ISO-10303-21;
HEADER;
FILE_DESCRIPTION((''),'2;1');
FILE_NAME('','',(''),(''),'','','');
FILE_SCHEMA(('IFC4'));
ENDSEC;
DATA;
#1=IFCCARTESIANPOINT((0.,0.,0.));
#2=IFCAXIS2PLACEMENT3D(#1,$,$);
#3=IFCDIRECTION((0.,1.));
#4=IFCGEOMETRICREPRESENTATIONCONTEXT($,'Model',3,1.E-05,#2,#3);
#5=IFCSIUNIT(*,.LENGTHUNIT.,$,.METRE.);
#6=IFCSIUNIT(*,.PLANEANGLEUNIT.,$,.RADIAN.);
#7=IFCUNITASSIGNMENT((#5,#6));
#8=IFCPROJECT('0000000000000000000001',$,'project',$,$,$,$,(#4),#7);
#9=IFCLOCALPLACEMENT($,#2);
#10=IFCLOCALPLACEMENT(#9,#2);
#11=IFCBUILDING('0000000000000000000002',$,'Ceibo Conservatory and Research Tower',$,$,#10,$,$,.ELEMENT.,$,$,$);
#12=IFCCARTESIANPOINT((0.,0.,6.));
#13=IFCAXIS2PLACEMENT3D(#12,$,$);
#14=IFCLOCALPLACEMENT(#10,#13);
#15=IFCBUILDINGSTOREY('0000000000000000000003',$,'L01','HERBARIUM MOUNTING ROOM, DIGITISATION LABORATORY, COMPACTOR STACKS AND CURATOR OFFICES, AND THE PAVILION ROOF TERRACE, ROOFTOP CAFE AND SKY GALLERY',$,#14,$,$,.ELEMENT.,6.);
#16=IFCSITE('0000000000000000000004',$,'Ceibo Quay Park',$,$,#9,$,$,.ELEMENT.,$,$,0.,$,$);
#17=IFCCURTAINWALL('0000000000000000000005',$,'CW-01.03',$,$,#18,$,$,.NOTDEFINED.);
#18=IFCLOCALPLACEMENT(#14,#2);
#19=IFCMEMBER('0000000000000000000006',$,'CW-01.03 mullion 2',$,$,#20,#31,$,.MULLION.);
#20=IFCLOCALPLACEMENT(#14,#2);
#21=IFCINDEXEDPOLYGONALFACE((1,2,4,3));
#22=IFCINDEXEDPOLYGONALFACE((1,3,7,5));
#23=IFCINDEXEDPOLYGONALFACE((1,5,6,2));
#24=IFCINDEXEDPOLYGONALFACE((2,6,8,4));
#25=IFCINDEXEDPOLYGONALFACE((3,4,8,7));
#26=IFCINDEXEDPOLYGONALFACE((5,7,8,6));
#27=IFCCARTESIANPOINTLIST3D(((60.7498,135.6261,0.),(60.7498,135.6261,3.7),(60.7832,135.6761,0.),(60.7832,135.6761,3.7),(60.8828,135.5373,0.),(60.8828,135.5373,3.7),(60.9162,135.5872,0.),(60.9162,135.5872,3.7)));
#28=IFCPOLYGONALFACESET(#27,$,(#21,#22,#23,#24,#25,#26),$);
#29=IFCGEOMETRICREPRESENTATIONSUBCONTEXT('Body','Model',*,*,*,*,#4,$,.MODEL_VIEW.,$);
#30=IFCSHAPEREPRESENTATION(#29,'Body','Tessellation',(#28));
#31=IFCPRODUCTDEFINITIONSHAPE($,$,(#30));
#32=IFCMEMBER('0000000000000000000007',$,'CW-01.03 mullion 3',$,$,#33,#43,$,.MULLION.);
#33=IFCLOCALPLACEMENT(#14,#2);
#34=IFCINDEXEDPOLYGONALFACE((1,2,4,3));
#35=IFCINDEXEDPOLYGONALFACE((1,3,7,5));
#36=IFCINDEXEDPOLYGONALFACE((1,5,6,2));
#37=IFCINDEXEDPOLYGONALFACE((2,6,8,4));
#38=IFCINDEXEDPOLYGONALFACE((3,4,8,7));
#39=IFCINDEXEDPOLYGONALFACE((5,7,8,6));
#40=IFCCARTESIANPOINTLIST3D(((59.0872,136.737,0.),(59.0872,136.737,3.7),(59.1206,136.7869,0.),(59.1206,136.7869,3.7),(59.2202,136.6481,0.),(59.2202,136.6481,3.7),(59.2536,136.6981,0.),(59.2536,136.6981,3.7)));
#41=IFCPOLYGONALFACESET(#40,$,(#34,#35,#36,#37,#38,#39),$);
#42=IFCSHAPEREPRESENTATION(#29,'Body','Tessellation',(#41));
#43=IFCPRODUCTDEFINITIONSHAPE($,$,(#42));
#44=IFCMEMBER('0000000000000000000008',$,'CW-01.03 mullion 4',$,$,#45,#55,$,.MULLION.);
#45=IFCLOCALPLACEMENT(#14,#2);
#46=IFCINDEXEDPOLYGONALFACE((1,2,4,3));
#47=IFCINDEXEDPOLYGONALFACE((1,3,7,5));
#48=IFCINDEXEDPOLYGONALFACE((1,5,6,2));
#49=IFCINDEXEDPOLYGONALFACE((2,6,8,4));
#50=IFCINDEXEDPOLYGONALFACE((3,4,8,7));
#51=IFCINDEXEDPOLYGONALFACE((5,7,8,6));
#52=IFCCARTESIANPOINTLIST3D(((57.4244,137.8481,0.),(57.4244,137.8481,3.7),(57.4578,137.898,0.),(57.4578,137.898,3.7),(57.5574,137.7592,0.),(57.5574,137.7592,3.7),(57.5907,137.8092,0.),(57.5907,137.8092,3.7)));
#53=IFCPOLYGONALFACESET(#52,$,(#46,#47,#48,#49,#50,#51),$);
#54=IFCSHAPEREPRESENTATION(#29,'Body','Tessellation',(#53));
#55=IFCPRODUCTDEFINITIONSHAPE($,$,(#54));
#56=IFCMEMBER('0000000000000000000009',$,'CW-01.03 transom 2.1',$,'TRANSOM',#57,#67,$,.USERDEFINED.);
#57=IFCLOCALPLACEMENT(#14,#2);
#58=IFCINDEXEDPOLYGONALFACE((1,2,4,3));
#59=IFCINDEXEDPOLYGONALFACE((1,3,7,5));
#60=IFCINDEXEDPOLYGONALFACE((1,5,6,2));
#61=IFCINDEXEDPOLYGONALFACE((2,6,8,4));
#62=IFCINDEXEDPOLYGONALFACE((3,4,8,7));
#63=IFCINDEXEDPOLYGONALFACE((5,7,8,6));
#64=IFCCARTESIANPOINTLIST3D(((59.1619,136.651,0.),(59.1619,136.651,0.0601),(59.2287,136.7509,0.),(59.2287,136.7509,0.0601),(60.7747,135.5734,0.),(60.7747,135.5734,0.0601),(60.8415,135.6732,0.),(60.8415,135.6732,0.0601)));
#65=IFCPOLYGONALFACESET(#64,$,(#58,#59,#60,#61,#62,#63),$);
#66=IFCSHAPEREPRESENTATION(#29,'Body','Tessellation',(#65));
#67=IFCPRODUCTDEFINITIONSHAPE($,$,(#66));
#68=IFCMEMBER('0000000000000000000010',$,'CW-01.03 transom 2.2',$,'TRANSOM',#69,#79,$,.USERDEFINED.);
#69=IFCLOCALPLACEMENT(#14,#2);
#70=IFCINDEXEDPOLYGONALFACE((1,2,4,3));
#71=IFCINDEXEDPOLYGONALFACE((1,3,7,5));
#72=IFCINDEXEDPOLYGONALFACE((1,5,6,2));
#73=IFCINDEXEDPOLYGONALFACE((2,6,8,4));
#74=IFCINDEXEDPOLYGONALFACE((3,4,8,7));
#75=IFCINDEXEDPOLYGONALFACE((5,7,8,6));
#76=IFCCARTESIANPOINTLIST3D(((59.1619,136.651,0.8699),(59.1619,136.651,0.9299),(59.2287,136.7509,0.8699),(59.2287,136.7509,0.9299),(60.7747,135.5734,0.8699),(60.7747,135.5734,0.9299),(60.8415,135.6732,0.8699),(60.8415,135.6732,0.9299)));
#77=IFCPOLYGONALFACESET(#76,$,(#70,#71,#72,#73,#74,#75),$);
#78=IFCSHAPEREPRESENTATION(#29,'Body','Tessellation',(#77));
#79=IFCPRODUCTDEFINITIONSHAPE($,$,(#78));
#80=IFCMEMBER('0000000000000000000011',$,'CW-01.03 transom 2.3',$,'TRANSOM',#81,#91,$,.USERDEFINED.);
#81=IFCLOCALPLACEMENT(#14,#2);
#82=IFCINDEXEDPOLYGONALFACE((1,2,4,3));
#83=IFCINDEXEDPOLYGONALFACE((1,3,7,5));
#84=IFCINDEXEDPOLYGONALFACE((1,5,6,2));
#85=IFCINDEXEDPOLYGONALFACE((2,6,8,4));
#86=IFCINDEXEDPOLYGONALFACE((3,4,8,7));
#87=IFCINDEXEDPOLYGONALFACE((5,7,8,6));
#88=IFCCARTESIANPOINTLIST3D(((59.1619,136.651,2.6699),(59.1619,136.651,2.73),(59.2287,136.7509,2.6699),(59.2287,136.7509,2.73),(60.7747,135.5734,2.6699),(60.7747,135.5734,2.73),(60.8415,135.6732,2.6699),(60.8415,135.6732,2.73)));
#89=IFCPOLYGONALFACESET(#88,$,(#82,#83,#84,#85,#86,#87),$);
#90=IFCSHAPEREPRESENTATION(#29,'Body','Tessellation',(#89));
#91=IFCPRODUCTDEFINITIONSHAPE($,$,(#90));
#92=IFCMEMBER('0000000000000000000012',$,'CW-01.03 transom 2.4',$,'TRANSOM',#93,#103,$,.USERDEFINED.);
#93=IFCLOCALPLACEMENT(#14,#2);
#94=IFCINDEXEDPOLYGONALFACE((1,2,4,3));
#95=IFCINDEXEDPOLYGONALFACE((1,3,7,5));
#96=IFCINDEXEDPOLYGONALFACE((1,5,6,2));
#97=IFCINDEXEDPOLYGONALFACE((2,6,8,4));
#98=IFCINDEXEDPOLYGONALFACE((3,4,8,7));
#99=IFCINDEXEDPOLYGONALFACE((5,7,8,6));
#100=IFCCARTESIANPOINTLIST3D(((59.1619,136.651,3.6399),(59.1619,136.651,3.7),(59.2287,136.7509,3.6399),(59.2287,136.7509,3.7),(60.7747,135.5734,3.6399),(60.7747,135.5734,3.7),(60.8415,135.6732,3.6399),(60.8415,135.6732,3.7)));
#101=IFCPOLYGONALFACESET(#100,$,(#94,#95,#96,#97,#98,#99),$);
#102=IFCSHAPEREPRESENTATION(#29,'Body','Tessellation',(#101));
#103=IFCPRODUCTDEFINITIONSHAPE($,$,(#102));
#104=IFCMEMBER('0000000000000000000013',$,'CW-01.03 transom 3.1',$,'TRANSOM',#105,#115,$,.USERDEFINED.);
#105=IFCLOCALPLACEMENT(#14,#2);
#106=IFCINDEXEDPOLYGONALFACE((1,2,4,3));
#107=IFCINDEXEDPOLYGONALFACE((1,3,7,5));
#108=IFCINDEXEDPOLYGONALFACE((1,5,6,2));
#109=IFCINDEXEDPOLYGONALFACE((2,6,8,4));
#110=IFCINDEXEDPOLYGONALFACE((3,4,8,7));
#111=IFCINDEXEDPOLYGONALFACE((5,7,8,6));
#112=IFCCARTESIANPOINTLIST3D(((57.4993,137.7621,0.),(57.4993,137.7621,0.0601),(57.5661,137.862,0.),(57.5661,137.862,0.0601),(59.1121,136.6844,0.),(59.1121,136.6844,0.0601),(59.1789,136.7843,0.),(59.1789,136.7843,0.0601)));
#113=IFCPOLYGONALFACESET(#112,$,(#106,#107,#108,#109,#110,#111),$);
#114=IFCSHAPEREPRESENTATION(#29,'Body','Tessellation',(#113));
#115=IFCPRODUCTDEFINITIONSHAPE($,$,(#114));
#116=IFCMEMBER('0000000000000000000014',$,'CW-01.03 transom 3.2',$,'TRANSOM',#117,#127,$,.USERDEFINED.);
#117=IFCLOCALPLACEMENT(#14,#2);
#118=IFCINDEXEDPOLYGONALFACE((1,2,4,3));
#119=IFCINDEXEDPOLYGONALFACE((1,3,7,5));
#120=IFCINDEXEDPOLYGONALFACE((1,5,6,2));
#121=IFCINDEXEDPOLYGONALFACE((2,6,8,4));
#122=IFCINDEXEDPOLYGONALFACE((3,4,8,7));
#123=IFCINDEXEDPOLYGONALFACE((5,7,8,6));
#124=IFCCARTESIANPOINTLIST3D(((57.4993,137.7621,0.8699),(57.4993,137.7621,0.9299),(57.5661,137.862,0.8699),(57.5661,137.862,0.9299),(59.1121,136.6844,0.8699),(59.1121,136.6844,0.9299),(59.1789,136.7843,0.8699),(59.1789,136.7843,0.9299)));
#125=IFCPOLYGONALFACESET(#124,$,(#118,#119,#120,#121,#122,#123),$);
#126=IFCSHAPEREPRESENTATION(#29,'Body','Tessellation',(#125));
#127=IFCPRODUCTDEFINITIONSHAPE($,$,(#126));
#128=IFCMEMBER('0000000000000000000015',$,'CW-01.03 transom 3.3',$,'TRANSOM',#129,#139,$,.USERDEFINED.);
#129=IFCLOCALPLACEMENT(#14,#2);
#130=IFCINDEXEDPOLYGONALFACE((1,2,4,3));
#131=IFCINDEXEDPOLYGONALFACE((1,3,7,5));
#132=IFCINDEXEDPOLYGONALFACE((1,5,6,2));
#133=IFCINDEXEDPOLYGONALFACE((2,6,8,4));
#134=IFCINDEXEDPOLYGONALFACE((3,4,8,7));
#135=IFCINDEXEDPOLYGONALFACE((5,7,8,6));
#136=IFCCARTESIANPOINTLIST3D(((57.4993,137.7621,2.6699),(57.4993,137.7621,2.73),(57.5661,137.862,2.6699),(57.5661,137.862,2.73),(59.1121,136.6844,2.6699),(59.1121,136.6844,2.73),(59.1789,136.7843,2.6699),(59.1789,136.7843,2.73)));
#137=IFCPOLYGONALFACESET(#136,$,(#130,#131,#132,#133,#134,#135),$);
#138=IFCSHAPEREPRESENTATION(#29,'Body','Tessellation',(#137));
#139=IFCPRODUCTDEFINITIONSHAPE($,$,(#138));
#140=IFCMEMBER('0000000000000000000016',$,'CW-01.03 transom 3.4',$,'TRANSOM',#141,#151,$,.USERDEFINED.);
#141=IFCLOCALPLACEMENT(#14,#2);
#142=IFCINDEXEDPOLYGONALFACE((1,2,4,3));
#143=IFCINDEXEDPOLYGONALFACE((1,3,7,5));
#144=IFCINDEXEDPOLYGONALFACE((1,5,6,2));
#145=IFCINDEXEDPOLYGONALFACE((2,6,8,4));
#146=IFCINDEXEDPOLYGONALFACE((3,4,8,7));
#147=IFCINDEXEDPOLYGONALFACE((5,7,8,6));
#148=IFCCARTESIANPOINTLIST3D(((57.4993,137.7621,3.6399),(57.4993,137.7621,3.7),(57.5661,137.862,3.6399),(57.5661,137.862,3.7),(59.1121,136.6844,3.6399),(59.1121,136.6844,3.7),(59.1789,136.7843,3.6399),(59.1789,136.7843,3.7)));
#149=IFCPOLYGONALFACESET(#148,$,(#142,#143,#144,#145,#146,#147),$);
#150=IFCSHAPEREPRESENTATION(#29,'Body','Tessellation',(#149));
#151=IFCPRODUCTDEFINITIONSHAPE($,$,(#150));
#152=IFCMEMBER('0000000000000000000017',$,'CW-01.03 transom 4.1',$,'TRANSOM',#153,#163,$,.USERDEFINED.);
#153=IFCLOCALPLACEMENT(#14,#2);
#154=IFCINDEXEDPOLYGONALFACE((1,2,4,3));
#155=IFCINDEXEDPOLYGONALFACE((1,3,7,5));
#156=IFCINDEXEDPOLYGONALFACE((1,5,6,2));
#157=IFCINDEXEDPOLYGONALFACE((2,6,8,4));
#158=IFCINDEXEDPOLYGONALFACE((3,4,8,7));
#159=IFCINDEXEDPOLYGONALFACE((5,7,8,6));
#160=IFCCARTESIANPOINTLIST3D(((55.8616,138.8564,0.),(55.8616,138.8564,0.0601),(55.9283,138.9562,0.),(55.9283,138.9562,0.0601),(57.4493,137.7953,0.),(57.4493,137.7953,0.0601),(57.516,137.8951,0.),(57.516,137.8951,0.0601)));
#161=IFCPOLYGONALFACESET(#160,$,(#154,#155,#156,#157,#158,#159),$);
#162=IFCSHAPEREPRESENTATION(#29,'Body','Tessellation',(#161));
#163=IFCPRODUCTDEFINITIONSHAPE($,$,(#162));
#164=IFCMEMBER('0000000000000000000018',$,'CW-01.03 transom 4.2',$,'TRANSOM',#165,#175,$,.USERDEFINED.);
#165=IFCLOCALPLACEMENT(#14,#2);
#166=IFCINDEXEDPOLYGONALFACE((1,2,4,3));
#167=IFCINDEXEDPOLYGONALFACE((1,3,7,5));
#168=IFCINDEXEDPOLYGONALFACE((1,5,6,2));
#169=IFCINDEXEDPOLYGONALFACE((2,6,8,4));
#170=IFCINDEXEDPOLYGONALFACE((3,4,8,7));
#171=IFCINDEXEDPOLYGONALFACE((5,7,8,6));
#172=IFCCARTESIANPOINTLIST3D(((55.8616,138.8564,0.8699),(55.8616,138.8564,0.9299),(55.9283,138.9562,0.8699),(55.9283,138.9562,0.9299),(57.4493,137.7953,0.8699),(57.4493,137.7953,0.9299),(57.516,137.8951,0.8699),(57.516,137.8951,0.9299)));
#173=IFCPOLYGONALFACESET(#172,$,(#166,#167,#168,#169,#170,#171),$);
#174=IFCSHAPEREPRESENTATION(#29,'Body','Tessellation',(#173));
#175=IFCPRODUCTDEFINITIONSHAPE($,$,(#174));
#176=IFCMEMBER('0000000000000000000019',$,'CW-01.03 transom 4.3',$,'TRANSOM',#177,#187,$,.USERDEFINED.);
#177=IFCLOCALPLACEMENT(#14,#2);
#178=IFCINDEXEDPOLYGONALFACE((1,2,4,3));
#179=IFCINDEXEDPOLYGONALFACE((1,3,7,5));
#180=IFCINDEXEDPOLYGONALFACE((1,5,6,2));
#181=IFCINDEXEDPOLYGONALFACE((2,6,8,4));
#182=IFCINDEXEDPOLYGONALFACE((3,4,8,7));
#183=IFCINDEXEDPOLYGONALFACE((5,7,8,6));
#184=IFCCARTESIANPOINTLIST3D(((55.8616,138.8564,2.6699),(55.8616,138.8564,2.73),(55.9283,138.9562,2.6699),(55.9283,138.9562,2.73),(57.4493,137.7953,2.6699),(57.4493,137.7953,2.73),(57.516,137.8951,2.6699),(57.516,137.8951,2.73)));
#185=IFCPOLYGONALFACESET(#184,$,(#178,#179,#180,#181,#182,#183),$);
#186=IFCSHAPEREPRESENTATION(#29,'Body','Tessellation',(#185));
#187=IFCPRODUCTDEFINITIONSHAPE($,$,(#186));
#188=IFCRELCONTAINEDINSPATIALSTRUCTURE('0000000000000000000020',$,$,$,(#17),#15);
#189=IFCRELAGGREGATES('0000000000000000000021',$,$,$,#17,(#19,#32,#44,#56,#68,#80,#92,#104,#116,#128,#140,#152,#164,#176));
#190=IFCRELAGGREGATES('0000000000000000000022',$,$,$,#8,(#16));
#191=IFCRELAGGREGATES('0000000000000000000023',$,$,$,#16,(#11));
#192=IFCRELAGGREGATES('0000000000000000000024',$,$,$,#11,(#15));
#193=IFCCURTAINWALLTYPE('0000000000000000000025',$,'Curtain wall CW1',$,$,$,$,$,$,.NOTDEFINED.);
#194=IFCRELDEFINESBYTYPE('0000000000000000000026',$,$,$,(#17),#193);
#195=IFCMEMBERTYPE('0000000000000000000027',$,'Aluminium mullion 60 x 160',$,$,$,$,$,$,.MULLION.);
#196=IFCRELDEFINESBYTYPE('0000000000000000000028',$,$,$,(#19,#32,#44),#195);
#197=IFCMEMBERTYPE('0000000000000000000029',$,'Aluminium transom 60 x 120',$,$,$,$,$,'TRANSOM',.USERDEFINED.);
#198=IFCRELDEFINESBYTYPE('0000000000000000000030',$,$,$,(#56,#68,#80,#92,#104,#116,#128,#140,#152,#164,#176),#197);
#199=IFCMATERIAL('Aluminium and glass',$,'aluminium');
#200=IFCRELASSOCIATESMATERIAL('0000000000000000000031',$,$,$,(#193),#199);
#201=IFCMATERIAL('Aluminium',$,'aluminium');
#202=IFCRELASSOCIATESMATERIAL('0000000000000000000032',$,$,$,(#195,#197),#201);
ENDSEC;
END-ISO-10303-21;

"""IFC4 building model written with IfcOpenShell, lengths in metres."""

from ifc_helpers import new_model, si_unit, direction, frame, origin, origin_2d, place, context, subcontext, project, spatial, rectangle, extrude, material, material_profile, profile_set, type_object, element, aggregate, save


model = new_model("IFC4")

# Units and contexts
model_context = context("Model", 3, precision=1e-05, world=origin(), true_north=direction((0.0, 1.0)))
body_context = subcontext(model_context, "Body", "Model", "MODEL_VIEW")
ifc_project = project(units=[si_unit("LENGTHUNIT", "METRE"), si_unit("PLANEANGLEUNIT", "RADIAN")], contexts=[model_context])

# Site, building, storey
site_placement = place(None, origin())
site = spatial("IfcSite", under=ifc_project, at=site_placement, Name="Ceibo Quay Park", CompositionType="ELEMENT", RefElevation=0.0)
building_placement = place(site_placement, origin())
building = spatial("IfcBuilding", under=site, at=building_placement, Name="Ceibo Conservatory and Research Tower", CompositionType="ELEMENT")
storey_placement = place(building_placement, frame((0.0, 0.0, 6.0)))
storey = spatial("IfcBuildingStorey", under=building, at=storey_placement, Name="L01", Description="HERBARIUM MOUNTING ROOM, DIGITISATION LABORATORY, COMPACTOR STACKS AND CURATOR OFFICES, AND THE PAVILION ROOF TERRACE, ROOFTOP CAFE AND SKY GALLERY", CompositionType="ELEMENT", Elevation=6.0)

# Curtain wall, members
ifc_material_1 = material(Name="Aluminium and glass", Category="aluminium")
curtain_wall_type = type_object("IfcCurtainWallType", Name="Curtain wall CW1", PredefinedType="NOTDEFINED", material=ifc_material_1)
curtain_wall_placement = place(storey_placement, origin())
curtain_wall = element("IfcCurtainWall", 1, at=curtain_wall_placement, inside=storey, type_object=curtain_wall_type, Name="CW-01.03", PredefinedType="NOTDEFINED")
ifc_material_2 = material(Name="Aluminium", Category="aluminium")
ifc_material_profile_1 = material_profile(ifc_material_2, rectangle(XDim=0.0601, YDim=0.1599, at=origin_2d()), Name="Aluminium 60 x 160")
ifc_profile_set_1 = profile_set([ifc_material_profile_1], Name="Aluminium")
member_type_1 = type_object("IfcMemberType", Name="Aluminium mullion 60 x 160", PredefinedType="MULLION", material=ifc_profile_set_1)
member_1_placement = place(storey_placement, frame((60.833, 135.6067, 0.0), z_axis=(0.0, 0.0, 1.0), x_axis=(-0.55557, -0.83147, 0.0)))
member_1 = element("IfcMember", 2, at=member_1_placement, type_object=member_type_1, Name="CW-01.03 mullion 2", PredefinedType="MULLION", context=body_context, shape_type="SweptSolid", body=[
    extrude(rectangle(XDim=0.0601, YDim=0.1599, at=origin_2d()), origin(), (0.0, 0.0, 1.0), 3.7),
])
member_2_placement = place(storey_placement, frame((59.1704, 136.7175, 0.0), z_axis=(0.0, 0.0, 1.0), x_axis=(-0.55557, -0.83147, 0.0)))
member_2 = element("IfcMember", 3, at=member_2_placement, type_object=member_type_1, Name="CW-01.03 mullion 3", PredefinedType="MULLION", context=body_context, shape_type="SweptSolid", body=[
    extrude(rectangle(XDim=0.0601, YDim=0.1599, at=origin_2d()), origin(), (0.0, 0.0, 1.0), 3.7),
])
member_3_placement = place(storey_placement, frame((57.5076, 137.8286, 0.0), z_axis=(0.0, 0.0, 1.0), x_axis=(-0.55557, -0.83147, 0.0)))
member_3 = element("IfcMember", 4, at=member_3_placement, type_object=member_type_1, Name="CW-01.03 mullion 4", PredefinedType="MULLION", context=body_context, shape_type="SweptSolid", body=[
    extrude(rectangle(XDim=0.0601, YDim=0.1599, at=origin_2d()), origin(), (0.0, 0.0, 1.0), 3.7),
])
ifc_material_profile_2 = material_profile(ifc_material_2, rectangle(XDim=0.1201, YDim=0.0601, at=origin_2d()), Name="Aluminium 60 x 120")
ifc_profile_set_2 = profile_set([ifc_material_profile_2], Name="Aluminium")
member_type_2 = type_object("IfcMemberType", Name="Aluminium transom 60 x 120", ElementType="TRANSOM", PredefinedType="USERDEFINED", material=ifc_profile_set_2)
member_4_placement = place(storey_placement, frame((60.8081, 135.6233, 0.03), z_axis=(-0.831469, 0.555571, 0.0), x_axis=(-0.555571, -0.831469, 0.0)))
member_4 = element("IfcMember", 5, at=member_4_placement, type_object=member_type_2, Name="CW-01.03 transom 2.1", ObjectType="TRANSOM", PredefinedType="USERDEFINED", context=body_context, shape_type="SweptSolid", body=[
    extrude(rectangle(XDim=0.1201, YDim=0.0601, at=origin_2d()), origin(), (0.0, 0.0, 1.0), 1.9397),
])
member_5_placement = place(storey_placement, frame((60.8081, 135.6233, 0.8999), z_axis=(-0.831469, 0.555571, 0.0), x_axis=(-0.555571, -0.831469, 0.0)))
member_5 = element("IfcMember", 6, at=member_5_placement, type_object=member_type_2, Name="CW-01.03 transom 2.2", ObjectType="TRANSOM", PredefinedType="USERDEFINED", context=body_context, shape_type="SweptSolid", body=[
    extrude(rectangle(XDim=0.1201, YDim=0.0601, at=origin_2d()), origin(), (0.0, 0.0, 1.0), 1.9397),
])
member_6_placement = place(storey_placement, frame((60.8081, 135.6233, 2.7), z_axis=(-0.831469, 0.555571, 0.0), x_axis=(-0.555571, -0.831469, 0.0)))
member_6 = element("IfcMember", 7, at=member_6_placement, type_object=member_type_2, Name="CW-01.03 transom 2.3", ObjectType="TRANSOM", PredefinedType="USERDEFINED", context=body_context, shape_type="SweptSolid", body=[
    extrude(rectangle(XDim=0.1201, YDim=0.0601, at=origin_2d()), origin(), (0.0, 0.0, 1.0), 1.9397),
])
member_7_placement = place(storey_placement, frame((60.8081, 135.6233, 3.6699), z_axis=(-0.831469, 0.555571, 0.0), x_axis=(-0.555571, -0.831469, 0.0)))
member_7 = element("IfcMember", 8, at=member_7_placement, type_object=member_type_2, Name="CW-01.03 transom 2.4", ObjectType="TRANSOM", PredefinedType="USERDEFINED", context=body_context, shape_type="SweptSolid", body=[
    extrude(rectangle(XDim=0.1201, YDim=0.0601, at=origin_2d()), origin(), (0.0, 0.0, 1.0), 1.9397),
])
member_8_placement = place(storey_placement, frame((59.1455, 136.7344, 0.03), z_axis=(-0.831469, 0.555571, 0.0), x_axis=(-0.555571, -0.831469, 0.0)))
member_8 = element("IfcMember", 9, at=member_8_placement, type_object=member_type_2, Name="CW-01.03 transom 3.1", ObjectType="TRANSOM", PredefinedType="USERDEFINED", context=body_context, shape_type="SweptSolid", body=[
    extrude(rectangle(XDim=0.1201, YDim=0.0601, at=origin_2d()), origin(), (0.0, 0.0, 1.0), 1.9397),
])
member_9_placement = place(storey_placement, frame((59.1455, 136.7344, 0.8999), z_axis=(-0.831469, 0.555571, 0.0), x_axis=(-0.555571, -0.831469, 0.0)))
member_9 = element("IfcMember", 10, at=member_9_placement, type_object=member_type_2, Name="CW-01.03 transom 3.2", ObjectType="TRANSOM", PredefinedType="USERDEFINED", context=body_context, shape_type="SweptSolid", body=[
    extrude(rectangle(XDim=0.1201, YDim=0.0601, at=origin_2d()), origin(), (0.0, 0.0, 1.0), 1.9397),
])
member_10_placement = place(storey_placement, frame((59.1455, 136.7344, 2.7), z_axis=(-0.831469, 0.555571, 0.0), x_axis=(-0.555571, -0.831469, 0.0)))
member_10 = element("IfcMember", 11, at=member_10_placement, type_object=member_type_2, Name="CW-01.03 transom 3.3", ObjectType="TRANSOM", PredefinedType="USERDEFINED", context=body_context, shape_type="SweptSolid", body=[
    extrude(rectangle(XDim=0.1201, YDim=0.0601, at=origin_2d()), origin(), (0.0, 0.0, 1.0), 1.9397),
])
member_11_placement = place(storey_placement, frame((59.1455, 136.7344, 3.6699), z_axis=(-0.831469, 0.555571, 0.0), x_axis=(-0.555571, -0.831469, 0.0)))
member_11 = element("IfcMember", 12, at=member_11_placement, type_object=member_type_2, Name="CW-01.03 transom 3.4", ObjectType="TRANSOM", PredefinedType="USERDEFINED", context=body_context, shape_type="SweptSolid", body=[
    extrude(rectangle(XDim=0.1201, YDim=0.0601, at=origin_2d()), origin(), (0.0, 0.0, 1.0), 1.9397),
])
member_12_placement = place(storey_placement, frame((57.4827, 137.8452, 0.03), z_axis=(-0.83142, 0.555644, 0.0), x_axis=(-0.555644, -0.83142, 0.0)))
member_12 = element("IfcMember", 13, at=member_12_placement, type_object=member_type_2, Name="CW-01.03 transom 4.1", ObjectType="TRANSOM", PredefinedType="USERDEFINED", context=body_context, shape_type="SweptSolid", body=[
    extrude(rectangle(XDim=0.1201, YDim=0.0601, at=origin_2d()), origin(), (0.0, 0.0, 1.0), 1.9097),
])
member_13_placement = place(storey_placement, frame((57.4827, 137.8452, 0.8999), z_axis=(-0.83142, 0.555644, 0.0), x_axis=(-0.555644, -0.83142, 0.0)))
member_13 = element("IfcMember", 14, at=member_13_placement, type_object=member_type_2, Name="CW-01.03 transom 4.2", ObjectType="TRANSOM", PredefinedType="USERDEFINED", context=body_context, shape_type="SweptSolid", body=[
    extrude(rectangle(XDim=0.1201, YDim=0.0601, at=origin_2d()), origin(), (0.0, 0.0, 1.0), 1.9097),
])
member_14_placement = place(storey_placement, frame((57.4827, 137.8452, 2.7), z_axis=(-0.83142, 0.555644, 0.0), x_axis=(-0.555644, -0.83142, 0.0)))
member_14 = element("IfcMember", 15, at=member_14_placement, type_object=member_type_2, Name="CW-01.03 transom 4.3", ObjectType="TRANSOM", PredefinedType="USERDEFINED", context=body_context, shape_type="SweptSolid", body=[
    extrude(rectangle(XDim=0.1201, YDim=0.0601, at=origin_2d()), origin(), (0.0, 0.0, 1.0), 1.9097),
])

aggregate(curtain_wall, [member_1, member_2, member_3, member_4, member_5, member_6, member_7, member_8, member_9, member_10, member_11, member_12, member_13, member_14])

save(model, "model.ifc")
